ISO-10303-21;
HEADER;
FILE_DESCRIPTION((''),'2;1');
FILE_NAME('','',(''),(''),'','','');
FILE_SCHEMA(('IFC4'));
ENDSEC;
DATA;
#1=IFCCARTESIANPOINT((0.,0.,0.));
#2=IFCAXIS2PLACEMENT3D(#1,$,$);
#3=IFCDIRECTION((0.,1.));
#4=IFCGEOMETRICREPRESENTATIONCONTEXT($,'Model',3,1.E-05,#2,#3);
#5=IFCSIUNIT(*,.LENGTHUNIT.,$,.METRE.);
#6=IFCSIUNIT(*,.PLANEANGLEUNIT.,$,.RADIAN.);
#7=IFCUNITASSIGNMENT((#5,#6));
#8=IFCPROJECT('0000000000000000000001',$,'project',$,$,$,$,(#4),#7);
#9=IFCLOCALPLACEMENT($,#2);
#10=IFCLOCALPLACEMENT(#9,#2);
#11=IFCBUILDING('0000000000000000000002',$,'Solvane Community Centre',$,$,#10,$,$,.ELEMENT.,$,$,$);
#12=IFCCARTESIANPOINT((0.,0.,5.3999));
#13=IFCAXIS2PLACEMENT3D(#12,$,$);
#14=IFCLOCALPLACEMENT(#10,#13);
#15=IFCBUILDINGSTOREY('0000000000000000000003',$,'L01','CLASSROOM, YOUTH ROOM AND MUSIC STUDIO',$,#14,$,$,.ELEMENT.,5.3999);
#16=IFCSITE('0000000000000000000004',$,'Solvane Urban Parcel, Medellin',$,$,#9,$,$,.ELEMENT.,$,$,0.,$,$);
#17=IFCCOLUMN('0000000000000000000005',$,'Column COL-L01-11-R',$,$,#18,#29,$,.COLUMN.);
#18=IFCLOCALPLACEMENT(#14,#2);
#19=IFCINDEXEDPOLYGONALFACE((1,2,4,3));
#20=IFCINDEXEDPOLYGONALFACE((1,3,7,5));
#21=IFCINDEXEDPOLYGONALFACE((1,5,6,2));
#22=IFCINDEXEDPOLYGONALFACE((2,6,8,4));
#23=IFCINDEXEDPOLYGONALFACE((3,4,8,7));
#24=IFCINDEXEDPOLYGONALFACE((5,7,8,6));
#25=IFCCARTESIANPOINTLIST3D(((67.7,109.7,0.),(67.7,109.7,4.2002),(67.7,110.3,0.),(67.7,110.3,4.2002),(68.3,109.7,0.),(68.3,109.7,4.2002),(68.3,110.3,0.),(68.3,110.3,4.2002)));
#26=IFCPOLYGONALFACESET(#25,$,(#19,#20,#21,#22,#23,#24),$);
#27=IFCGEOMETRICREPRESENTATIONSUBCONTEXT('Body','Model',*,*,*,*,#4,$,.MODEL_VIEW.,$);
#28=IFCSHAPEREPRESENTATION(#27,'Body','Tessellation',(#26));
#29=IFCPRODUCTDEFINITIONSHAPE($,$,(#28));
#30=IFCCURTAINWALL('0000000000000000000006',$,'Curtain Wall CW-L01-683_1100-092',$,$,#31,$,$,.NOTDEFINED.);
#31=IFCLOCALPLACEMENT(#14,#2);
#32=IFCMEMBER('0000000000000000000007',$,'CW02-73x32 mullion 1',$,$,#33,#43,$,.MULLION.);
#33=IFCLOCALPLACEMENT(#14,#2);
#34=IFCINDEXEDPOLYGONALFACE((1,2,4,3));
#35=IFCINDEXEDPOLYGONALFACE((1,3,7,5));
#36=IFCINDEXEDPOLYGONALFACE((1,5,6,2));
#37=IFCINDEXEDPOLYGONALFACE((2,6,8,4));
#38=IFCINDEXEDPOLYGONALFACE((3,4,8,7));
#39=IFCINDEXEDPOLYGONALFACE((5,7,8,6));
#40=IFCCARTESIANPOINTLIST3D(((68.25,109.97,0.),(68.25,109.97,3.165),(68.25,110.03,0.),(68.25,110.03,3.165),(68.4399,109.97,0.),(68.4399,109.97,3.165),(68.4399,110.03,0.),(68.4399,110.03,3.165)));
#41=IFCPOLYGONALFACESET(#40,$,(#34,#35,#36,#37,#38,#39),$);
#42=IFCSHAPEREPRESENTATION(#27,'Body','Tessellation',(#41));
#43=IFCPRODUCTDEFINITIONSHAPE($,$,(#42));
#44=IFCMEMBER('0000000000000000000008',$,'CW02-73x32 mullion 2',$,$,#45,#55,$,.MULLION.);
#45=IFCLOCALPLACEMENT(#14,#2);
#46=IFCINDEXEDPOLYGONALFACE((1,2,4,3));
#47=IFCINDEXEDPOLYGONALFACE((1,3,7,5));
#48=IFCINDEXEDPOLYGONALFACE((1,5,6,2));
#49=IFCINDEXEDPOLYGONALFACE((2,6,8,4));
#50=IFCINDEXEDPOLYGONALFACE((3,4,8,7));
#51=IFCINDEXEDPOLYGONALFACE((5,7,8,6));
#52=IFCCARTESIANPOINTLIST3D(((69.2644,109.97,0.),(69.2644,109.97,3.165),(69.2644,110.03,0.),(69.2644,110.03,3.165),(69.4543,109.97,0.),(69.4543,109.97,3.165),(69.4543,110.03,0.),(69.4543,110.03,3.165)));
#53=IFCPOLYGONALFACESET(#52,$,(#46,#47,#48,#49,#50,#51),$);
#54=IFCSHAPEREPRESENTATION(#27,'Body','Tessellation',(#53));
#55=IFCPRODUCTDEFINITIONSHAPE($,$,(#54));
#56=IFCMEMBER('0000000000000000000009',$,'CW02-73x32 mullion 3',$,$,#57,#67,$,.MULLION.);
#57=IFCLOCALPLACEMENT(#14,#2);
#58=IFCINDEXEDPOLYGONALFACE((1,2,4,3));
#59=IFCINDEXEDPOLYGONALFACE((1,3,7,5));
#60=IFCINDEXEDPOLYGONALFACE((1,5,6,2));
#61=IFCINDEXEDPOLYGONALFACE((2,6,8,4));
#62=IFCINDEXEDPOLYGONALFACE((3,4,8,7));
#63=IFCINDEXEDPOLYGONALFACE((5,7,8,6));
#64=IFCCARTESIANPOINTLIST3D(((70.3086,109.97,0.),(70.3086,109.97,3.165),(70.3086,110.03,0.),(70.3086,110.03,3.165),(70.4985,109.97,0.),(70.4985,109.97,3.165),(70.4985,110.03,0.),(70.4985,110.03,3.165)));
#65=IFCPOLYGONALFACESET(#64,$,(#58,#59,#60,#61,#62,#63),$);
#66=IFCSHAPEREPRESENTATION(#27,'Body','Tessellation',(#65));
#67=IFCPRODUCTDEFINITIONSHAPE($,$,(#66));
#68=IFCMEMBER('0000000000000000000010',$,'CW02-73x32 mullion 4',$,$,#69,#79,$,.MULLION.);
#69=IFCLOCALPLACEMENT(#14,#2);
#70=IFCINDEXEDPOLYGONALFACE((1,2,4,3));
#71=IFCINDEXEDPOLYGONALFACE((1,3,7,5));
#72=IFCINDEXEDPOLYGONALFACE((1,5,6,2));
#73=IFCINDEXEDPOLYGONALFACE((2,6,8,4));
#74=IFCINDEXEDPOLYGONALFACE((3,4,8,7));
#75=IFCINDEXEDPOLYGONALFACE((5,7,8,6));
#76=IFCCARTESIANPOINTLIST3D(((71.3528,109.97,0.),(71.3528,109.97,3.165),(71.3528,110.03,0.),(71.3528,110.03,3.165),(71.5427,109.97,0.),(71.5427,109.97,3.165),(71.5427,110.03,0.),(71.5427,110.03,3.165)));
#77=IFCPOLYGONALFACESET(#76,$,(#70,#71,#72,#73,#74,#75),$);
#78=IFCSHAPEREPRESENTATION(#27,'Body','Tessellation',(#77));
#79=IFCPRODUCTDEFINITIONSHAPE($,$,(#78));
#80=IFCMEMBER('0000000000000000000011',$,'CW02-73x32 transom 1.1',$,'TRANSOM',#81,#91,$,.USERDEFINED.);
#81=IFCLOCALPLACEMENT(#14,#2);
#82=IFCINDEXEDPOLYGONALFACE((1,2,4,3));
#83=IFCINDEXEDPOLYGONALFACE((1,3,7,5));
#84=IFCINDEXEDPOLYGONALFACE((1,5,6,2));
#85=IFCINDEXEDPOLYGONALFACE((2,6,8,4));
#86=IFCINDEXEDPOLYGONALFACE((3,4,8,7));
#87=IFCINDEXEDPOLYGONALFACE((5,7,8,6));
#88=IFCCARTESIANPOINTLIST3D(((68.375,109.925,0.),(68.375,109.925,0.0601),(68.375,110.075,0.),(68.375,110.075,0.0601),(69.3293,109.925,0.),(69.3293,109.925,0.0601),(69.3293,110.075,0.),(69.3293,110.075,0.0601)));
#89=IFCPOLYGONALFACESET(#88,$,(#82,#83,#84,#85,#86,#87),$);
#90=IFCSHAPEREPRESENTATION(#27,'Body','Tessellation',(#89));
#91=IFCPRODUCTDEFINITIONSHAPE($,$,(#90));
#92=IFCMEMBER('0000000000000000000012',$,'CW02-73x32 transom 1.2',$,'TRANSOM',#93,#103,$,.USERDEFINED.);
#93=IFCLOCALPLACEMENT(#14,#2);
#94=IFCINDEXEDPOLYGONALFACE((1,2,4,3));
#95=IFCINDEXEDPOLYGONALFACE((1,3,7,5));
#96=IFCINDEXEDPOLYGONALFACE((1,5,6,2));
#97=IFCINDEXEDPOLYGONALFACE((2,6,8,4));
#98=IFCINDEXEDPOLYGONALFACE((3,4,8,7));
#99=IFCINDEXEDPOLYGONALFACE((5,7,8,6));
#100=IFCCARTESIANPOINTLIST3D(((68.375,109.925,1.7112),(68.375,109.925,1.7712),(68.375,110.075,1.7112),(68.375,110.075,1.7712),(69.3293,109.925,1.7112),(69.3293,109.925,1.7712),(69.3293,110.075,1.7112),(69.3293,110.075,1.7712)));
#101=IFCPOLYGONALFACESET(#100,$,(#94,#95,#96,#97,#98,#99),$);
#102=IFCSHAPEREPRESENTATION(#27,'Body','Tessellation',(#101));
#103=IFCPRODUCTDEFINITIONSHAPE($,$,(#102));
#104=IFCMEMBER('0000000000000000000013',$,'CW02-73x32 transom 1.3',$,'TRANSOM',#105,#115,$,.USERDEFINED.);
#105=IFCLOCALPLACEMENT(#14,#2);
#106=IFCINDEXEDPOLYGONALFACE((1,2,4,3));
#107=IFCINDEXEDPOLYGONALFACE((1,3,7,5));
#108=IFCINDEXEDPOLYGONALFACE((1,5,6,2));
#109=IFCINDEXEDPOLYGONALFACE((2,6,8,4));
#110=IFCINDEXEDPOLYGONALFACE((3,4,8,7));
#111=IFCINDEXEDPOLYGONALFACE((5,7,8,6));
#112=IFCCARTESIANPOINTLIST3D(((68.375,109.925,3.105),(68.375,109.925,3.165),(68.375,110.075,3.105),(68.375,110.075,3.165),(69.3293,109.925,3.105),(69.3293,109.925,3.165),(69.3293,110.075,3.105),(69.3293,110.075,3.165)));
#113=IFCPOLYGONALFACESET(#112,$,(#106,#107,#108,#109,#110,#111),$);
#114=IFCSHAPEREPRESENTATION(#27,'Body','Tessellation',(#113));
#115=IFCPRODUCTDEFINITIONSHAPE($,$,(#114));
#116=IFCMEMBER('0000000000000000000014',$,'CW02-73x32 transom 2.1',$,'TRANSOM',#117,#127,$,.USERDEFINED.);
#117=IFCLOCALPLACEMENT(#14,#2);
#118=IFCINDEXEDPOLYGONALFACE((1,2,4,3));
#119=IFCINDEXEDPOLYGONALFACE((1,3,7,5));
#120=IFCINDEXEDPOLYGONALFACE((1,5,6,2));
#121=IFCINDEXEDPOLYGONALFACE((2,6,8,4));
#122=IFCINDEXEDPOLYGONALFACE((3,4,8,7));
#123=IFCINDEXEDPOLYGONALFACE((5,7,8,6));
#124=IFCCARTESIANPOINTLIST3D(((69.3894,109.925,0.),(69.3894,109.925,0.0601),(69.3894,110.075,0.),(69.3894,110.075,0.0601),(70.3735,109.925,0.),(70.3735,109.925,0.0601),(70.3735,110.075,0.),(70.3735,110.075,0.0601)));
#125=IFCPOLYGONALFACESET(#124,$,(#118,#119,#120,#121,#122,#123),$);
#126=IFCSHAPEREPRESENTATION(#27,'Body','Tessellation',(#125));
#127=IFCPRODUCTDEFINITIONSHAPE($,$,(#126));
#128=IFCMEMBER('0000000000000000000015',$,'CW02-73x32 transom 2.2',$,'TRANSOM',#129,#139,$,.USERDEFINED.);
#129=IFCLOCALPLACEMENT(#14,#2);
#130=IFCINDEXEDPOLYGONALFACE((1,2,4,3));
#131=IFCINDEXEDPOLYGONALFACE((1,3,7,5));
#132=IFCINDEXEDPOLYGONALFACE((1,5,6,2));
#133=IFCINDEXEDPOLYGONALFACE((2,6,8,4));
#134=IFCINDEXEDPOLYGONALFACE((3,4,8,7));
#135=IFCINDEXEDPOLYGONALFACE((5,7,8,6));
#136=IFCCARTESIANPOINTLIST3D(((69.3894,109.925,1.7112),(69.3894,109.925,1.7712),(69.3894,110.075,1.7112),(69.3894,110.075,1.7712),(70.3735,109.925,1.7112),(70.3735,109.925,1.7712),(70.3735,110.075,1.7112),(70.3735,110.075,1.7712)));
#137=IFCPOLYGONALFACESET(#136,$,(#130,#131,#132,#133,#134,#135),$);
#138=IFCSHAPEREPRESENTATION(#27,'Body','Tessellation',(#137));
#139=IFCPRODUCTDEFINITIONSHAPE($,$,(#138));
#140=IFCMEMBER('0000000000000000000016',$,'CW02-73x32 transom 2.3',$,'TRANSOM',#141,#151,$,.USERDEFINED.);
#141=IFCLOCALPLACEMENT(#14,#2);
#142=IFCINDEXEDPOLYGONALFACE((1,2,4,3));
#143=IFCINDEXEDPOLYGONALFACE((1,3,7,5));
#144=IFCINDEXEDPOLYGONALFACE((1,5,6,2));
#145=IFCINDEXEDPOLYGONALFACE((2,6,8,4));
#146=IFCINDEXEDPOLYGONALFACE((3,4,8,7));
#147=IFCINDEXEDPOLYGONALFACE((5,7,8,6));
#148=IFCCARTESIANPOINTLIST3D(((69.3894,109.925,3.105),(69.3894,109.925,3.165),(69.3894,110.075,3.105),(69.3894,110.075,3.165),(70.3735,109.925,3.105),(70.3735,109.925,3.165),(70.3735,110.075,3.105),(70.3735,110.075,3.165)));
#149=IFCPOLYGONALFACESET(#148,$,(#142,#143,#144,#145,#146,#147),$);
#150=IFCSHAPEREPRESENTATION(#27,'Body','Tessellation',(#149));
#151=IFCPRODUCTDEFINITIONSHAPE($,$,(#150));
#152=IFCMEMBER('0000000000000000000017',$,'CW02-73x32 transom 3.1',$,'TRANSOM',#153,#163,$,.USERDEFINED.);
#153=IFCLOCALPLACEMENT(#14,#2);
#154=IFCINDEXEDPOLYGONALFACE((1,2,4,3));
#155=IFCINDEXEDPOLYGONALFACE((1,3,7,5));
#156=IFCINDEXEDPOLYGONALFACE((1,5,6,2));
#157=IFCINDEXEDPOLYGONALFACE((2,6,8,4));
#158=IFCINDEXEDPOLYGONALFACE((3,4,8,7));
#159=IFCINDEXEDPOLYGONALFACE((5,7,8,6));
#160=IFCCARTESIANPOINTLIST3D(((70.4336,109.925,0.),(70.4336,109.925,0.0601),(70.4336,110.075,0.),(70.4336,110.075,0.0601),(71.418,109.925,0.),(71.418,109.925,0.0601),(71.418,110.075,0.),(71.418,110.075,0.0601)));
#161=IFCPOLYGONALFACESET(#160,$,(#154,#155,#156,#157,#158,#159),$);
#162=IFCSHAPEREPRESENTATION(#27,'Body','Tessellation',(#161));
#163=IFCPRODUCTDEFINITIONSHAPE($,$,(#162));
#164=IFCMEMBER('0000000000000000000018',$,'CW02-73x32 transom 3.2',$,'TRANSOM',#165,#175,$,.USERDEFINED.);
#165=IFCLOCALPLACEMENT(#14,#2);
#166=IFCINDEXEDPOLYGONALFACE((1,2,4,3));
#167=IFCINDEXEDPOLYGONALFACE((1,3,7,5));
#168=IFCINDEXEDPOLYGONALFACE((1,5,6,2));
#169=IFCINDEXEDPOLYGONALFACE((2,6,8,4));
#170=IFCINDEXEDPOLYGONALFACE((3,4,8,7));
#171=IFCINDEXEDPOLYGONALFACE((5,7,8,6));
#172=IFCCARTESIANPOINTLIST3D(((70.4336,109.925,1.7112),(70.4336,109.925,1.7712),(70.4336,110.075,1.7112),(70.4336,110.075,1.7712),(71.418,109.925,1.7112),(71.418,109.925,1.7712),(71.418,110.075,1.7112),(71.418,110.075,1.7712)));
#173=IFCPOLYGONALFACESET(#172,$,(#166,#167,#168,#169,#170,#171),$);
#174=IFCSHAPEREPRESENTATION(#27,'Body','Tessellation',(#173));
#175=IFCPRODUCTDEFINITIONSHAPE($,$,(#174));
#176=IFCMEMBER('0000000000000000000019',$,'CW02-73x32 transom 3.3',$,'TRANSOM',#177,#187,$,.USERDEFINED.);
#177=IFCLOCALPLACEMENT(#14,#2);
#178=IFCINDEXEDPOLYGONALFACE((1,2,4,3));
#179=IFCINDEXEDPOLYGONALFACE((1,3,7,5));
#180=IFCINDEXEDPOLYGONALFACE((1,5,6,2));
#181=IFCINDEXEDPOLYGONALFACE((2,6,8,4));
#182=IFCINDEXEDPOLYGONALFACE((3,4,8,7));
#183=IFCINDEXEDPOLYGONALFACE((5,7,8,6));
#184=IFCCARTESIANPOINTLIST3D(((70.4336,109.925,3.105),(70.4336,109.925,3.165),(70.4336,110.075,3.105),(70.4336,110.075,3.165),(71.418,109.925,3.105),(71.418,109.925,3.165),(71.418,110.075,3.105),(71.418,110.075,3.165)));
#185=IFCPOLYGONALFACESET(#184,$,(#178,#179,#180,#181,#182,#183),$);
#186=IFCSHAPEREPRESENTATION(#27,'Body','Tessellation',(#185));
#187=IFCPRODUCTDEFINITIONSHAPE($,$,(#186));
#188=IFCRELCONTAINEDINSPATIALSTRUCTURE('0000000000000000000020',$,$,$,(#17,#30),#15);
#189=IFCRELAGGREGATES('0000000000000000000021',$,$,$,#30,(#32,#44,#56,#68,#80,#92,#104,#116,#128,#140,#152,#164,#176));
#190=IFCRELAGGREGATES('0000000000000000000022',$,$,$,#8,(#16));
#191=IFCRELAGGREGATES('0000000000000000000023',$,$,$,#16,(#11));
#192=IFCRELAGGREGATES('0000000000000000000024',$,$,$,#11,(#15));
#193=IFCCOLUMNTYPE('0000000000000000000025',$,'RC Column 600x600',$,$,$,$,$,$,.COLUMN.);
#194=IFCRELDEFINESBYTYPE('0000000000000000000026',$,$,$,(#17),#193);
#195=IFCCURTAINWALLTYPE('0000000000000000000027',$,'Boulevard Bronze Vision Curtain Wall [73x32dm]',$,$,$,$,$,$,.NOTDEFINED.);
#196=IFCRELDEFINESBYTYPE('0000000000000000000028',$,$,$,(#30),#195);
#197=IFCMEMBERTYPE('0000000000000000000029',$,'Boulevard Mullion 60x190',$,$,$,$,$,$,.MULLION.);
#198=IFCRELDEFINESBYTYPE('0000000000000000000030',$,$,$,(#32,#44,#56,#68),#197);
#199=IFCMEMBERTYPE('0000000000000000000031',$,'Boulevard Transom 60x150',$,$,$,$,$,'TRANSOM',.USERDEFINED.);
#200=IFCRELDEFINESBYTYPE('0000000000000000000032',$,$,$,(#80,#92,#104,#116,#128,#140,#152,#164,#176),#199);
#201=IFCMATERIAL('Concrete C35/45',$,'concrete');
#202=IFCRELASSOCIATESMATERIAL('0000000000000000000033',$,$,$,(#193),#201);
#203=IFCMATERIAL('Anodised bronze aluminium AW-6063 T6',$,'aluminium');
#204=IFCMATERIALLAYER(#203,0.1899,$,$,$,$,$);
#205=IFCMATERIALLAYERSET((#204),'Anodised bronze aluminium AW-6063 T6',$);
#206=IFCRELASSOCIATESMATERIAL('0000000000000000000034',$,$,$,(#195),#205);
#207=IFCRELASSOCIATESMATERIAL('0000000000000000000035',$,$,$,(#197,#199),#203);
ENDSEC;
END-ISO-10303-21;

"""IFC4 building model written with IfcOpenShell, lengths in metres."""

from ifc_helpers import new_model, si_unit, direction, frame, origin, origin_2d, place, context, subcontext, project, spatial, rectangle, extrude, material, layer, layer_set, material_profile, profile_set, type_object, element, aggregate, save


model = new_model("IFC4")

# Units and contexts
model_context = context("Model", 3, precision=1e-05, world=origin(), true_north=direction((0.0, 1.0)))
body_context = subcontext(model_context, "Body", "Model", "MODEL_VIEW")
ifc_project = project(units=[si_unit("LENGTHUNIT", "METRE"), si_unit("PLANEANGLEUNIT", "RADIAN")], contexts=[model_context])

# Site, building, storey
site_placement = place(None, origin())
site = spatial("IfcSite", under=ifc_project, at=site_placement, Name="Solvane Urban Parcel, Medellin", CompositionType="ELEMENT", RefElevation=0.0)
building_placement = place(site_placement, origin())
building = spatial("IfcBuilding", under=site, at=building_placement, Name="Solvane Community Centre", CompositionType="ELEMENT")
storey_placement = place(building_placement, frame((0.0, 0.0, 5.3999)))
storey = spatial("IfcBuildingStorey", under=building, at=storey_placement, Name="L01", Description="CLASSROOM, YOUTH ROOM AND MUSIC STUDIO", CompositionType="ELEMENT", Elevation=5.3999)

# Column
ifc_material_1 = material(Name="Concrete C35/45", Category="concrete")
ifc_material_profile_1 = material_profile(ifc_material_1, rectangle(XDim=0.6001, YDim=0.6001, at=origin_2d()), Name="RC 600x600")
ifc_profile_set_1 = profile_set([ifc_material_profile_1], Name="Concrete C35/45")
column_type = type_object("IfcColumnType", Name="RC Column 600x600", PredefinedType="COLUMN", material=ifc_profile_set_1)
column_placement = place(storey_placement, frame((68.0, 110.0, 0.0), z_axis=(0.0, 0.0, 1.0), x_axis=(1.0, 0.0, 0.0)))
element("IfcColumn", 1, at=column_placement, inside=storey, type_object=column_type, Name="Column COL-L01-11-R", PredefinedType="COLUMN", context=body_context, shape_type="SweptSolid", body=[
    extrude(rectangle(XDim=0.6001, YDim=0.6001, at=origin_2d()), origin(), (0.0, 0.0, 1.0), 4.2002),
])

# Curtain wall, members
ifc_material_2 = material(Name="Anodised bronze aluminium AW-6063 T6", Category="aluminium")
ifc_layer_1 = layer(ifc_material_2, 0.1899)
ifc_layer_set_1 = layer_set([ifc_layer_1], Name="Anodised bronze aluminium AW-6063 T6")
curtain_wall_type = type_object("IfcCurtainWallType", Name="Boulevard Bronze Vision Curtain Wall [73x32dm]", PredefinedType="NOTDEFINED", material=ifc_layer_set_1)
curtain_wall_placement = place(storey_placement, origin())
curtain_wall = element("IfcCurtainWall", 2, at=curtain_wall_placement, inside=storey, type_object=curtain_wall_type, Name="Curtain Wall CW-L01-683_1100-092", PredefinedType="NOTDEFINED")
ifc_material_profile_2 = material_profile(ifc_material_2, rectangle(XDim=0.0601, YDim=0.1899, at=origin_2d()), Name="CW-M 60x190")
ifc_profile_set_2 = profile_set([ifc_material_profile_2], Name="Anodised bronze aluminium AW-6063 T6")
member_type_1 = type_object("IfcMemberType", Name="Boulevard Mullion 60x190", PredefinedType="MULLION", material=ifc_profile_set_2)
member_1_placement = place(storey_placement, frame((68.345, 110.0, 0.0), z_axis=(0.0, 0.0, 1.0), x_axis=(0.0, 1.0, 0.0)))
member_1 = element("IfcMember", 3, at=member_1_placement, type_object=member_type_1, Name="CW02-73x32 mullion 1", PredefinedType="MULLION", context=body_context, shape_type="SweptSolid", body=[
    extrude(rectangle(XDim=0.0601, YDim=0.1899, at=origin_2d()), origin(), (0.0, 0.0, 1.0), 3.165),
])
member_2_placement = place(storey_placement, frame((69.3594, 110.0, 0.0), z_axis=(0.0, 0.0, 1.0), x_axis=(0.0, 1.0, 0.0)))
member_2 = element("IfcMember", 4, at=member_2_placement, type_object=member_type_1, Name="CW02-73x32 mullion 2", PredefinedType="MULLION", context=body_context, shape_type="SweptSolid", body=[
    extrude(rectangle(XDim=0.0601, YDim=0.1899, at=origin_2d()), origin(), (0.0, 0.0, 1.0), 3.165),
])
member_3_placement = place(storey_placement, frame((70.4036, 110.0, 0.0), z_axis=(0.0, 0.0, 1.0), x_axis=(0.0, 1.0, 0.0)))
member_3 = element("IfcMember", 5, at=member_3_placement, type_object=member_type_1, Name="CW02-73x32 mullion 3", PredefinedType="MULLION", context=body_context, shape_type="SweptSolid", body=[
    extrude(rectangle(XDim=0.0601, YDim=0.1899, at=origin_2d()), origin(), (0.0, 0.0, 1.0), 3.165),
])
member_4_placement = place(storey_placement, frame((71.4478, 110.0, 0.0), z_axis=(0.0, 0.0, 1.0), x_axis=(0.0, 1.0, 0.0)))
member_4 = element("IfcMember", 6, at=member_4_placement, type_object=member_type_1, Name="CW02-73x32 mullion 4", PredefinedType="MULLION", context=body_context, shape_type="SweptSolid", body=[
    extrude(rectangle(XDim=0.0601, YDim=0.1899, at=origin_2d()), origin(), (0.0, 0.0, 1.0), 3.165),
])
ifc_material_profile_3 = material_profile(ifc_material_2, rectangle(XDim=0.1499, YDim=0.0601, at=origin_2d()), Name="CW-T 60x150")
ifc_profile_set_3 = profile_set([ifc_material_profile_3], Name="Anodised bronze aluminium AW-6063 T6")
member_type_2 = type_object("IfcMemberType", Name="Boulevard Transom 60x150", ElementType="TRANSOM", PredefinedType="USERDEFINED", material=ifc_profile_set_3)
member_5_placement = place(storey_placement, frame((68.375, 110.0, 0.03), z_axis=(1.0, 0.0, 0.0), x_axis=(0.0, 1.0, 0.0)))
member_5 = element("IfcMember", 7, at=member_5_placement, type_object=member_type_2, Name="CW02-73x32 transom 1.1", ObjectType="TRANSOM", PredefinedType="USERDEFINED", context=body_context, shape_type="SweptSolid", body=[
    extrude(rectangle(XDim=0.1499, YDim=0.0601, at=origin_2d()), origin(), (0.0, 0.0, 1.0), 0.9543),
])
member_6_placement = place(storey_placement, frame((68.375, 110.0, 1.7412), z_axis=(1.0, 0.0, 0.0), x_axis=(0.0, 1.0, 0.0)))
member_6 = element("IfcMember", 8, at=member_6_placement, type_object=member_type_2, Name="CW02-73x32 transom 1.2", ObjectType="TRANSOM", PredefinedType="USERDEFINED", context=body_context, shape_type="SweptSolid", body=[
    extrude(rectangle(XDim=0.1499, YDim=0.0601, at=origin_2d()), origin(), (0.0, 0.0, 1.0), 0.9543),
])
member_7_placement = place(storey_placement, frame((68.375, 110.0, 3.135), z_axis=(1.0, 0.0, 0.0), x_axis=(0.0, 1.0, 0.0)))
member_7 = element("IfcMember", 9, at=member_7_placement, type_object=member_type_2, Name="CW02-73x32 transom 1.3", ObjectType="TRANSOM", PredefinedType="USERDEFINED", context=body_context, shape_type="SweptSolid", body=[
    extrude(rectangle(XDim=0.1499, YDim=0.0601, at=origin_2d()), origin(), (0.0, 0.0, 1.0), 0.9543),
])
member_8_placement = place(storey_placement, frame((69.3894, 110.0, 0.03), z_axis=(1.0, 0.0, 0.0), x_axis=(0.0, 1.0, 0.0)))
member_8 = element("IfcMember", 10, at=member_8_placement, type_object=member_type_2, Name="CW02-73x32 transom 2.1", ObjectType="TRANSOM", PredefinedType="USERDEFINED", context=body_context, shape_type="SweptSolid", body=[
    extrude(rectangle(XDim=0.1499, YDim=0.0601, at=origin_2d()), origin(), (0.0, 0.0, 1.0), 0.9841),
])
member_9_placement = place(storey_placement, frame((69.3894, 110.0, 1.7412), z_axis=(1.0, 0.0, 0.0), x_axis=(0.0, 1.0, 0.0)))
member_9 = element("IfcMember", 11, at=member_9_placement, type_object=member_type_2, Name="CW02-73x32 transom 2.2", ObjectType="TRANSOM", PredefinedType="USERDEFINED", context=body_context, shape_type="SweptSolid", body=[
    extrude(rectangle(XDim=0.1499, YDim=0.0601, at=origin_2d()), origin(), (0.0, 0.0, 1.0), 0.9841),
])
member_10_placement = place(storey_placement, frame((69.3894, 110.0, 3.135), z_axis=(1.0, 0.0, 0.0), x_axis=(0.0, 1.0, 0.0)))
member_10 = element("IfcMember", 12, at=member_10_placement, type_object=member_type_2, Name="CW02-73x32 transom 2.3", ObjectType="TRANSOM", PredefinedType="USERDEFINED", context=body_context, shape_type="SweptSolid", body=[
    extrude(rectangle(XDim=0.1499, YDim=0.0601, at=origin_2d()), origin(), (0.0, 0.0, 1.0), 0.9841),
])
member_11_placement = place(storey_placement, frame((70.4336, 110.0, 0.03), z_axis=(1.0, 0.0, 0.0), x_axis=(0.0, 1.0, 0.0)))
member_11 = element("IfcMember", 13, at=member_11_placement, type_object=member_type_2, Name="CW02-73x32 transom 3.1", ObjectType="TRANSOM", PredefinedType="USERDEFINED", context=body_context, shape_type="SweptSolid", body=[
    extrude(rectangle(XDim=0.1499, YDim=0.0601, at=origin_2d()), origin(), (0.0, 0.0, 1.0), 0.9844),
])
member_12_placement = place(storey_placement, frame((70.4336, 110.0, 1.7412), z_axis=(1.0, 0.0, 0.0), x_axis=(0.0, 1.0, 0.0)))
member_12 = element("IfcMember", 14, at=member_12_placement, type_object=member_type_2, Name="CW02-73x32 transom 3.2", ObjectType="TRANSOM", PredefinedType="USERDEFINED", context=body_context, shape_type="SweptSolid", body=[
    extrude(rectangle(XDim=0.1499, YDim=0.0601, at=origin_2d()), origin(), (0.0, 0.0, 1.0), 0.9844),
])
member_13_placement = place(storey_placement, frame((70.4336, 110.0, 3.135), z_axis=(1.0, 0.0, 0.0), x_axis=(0.0, 1.0, 0.0)))
member_13 = element("IfcMember", 15, at=member_13_placement, type_object=member_type_2, Name="CW02-73x32 transom 3.3", ObjectType="TRANSOM", PredefinedType="USERDEFINED", context=body_context, shape_type="SweptSolid", body=[
    extrude(rectangle(XDim=0.1499, YDim=0.0601, at=origin_2d()), origin(), (0.0, 0.0, 1.0), 0.9844),
])

aggregate(curtain_wall, [member_1, member_2, member_3, member_4, member_5, member_6, member_7, member_8, member_9, member_10, member_11, member_12, member_13])

save(model, "model.ifc")
